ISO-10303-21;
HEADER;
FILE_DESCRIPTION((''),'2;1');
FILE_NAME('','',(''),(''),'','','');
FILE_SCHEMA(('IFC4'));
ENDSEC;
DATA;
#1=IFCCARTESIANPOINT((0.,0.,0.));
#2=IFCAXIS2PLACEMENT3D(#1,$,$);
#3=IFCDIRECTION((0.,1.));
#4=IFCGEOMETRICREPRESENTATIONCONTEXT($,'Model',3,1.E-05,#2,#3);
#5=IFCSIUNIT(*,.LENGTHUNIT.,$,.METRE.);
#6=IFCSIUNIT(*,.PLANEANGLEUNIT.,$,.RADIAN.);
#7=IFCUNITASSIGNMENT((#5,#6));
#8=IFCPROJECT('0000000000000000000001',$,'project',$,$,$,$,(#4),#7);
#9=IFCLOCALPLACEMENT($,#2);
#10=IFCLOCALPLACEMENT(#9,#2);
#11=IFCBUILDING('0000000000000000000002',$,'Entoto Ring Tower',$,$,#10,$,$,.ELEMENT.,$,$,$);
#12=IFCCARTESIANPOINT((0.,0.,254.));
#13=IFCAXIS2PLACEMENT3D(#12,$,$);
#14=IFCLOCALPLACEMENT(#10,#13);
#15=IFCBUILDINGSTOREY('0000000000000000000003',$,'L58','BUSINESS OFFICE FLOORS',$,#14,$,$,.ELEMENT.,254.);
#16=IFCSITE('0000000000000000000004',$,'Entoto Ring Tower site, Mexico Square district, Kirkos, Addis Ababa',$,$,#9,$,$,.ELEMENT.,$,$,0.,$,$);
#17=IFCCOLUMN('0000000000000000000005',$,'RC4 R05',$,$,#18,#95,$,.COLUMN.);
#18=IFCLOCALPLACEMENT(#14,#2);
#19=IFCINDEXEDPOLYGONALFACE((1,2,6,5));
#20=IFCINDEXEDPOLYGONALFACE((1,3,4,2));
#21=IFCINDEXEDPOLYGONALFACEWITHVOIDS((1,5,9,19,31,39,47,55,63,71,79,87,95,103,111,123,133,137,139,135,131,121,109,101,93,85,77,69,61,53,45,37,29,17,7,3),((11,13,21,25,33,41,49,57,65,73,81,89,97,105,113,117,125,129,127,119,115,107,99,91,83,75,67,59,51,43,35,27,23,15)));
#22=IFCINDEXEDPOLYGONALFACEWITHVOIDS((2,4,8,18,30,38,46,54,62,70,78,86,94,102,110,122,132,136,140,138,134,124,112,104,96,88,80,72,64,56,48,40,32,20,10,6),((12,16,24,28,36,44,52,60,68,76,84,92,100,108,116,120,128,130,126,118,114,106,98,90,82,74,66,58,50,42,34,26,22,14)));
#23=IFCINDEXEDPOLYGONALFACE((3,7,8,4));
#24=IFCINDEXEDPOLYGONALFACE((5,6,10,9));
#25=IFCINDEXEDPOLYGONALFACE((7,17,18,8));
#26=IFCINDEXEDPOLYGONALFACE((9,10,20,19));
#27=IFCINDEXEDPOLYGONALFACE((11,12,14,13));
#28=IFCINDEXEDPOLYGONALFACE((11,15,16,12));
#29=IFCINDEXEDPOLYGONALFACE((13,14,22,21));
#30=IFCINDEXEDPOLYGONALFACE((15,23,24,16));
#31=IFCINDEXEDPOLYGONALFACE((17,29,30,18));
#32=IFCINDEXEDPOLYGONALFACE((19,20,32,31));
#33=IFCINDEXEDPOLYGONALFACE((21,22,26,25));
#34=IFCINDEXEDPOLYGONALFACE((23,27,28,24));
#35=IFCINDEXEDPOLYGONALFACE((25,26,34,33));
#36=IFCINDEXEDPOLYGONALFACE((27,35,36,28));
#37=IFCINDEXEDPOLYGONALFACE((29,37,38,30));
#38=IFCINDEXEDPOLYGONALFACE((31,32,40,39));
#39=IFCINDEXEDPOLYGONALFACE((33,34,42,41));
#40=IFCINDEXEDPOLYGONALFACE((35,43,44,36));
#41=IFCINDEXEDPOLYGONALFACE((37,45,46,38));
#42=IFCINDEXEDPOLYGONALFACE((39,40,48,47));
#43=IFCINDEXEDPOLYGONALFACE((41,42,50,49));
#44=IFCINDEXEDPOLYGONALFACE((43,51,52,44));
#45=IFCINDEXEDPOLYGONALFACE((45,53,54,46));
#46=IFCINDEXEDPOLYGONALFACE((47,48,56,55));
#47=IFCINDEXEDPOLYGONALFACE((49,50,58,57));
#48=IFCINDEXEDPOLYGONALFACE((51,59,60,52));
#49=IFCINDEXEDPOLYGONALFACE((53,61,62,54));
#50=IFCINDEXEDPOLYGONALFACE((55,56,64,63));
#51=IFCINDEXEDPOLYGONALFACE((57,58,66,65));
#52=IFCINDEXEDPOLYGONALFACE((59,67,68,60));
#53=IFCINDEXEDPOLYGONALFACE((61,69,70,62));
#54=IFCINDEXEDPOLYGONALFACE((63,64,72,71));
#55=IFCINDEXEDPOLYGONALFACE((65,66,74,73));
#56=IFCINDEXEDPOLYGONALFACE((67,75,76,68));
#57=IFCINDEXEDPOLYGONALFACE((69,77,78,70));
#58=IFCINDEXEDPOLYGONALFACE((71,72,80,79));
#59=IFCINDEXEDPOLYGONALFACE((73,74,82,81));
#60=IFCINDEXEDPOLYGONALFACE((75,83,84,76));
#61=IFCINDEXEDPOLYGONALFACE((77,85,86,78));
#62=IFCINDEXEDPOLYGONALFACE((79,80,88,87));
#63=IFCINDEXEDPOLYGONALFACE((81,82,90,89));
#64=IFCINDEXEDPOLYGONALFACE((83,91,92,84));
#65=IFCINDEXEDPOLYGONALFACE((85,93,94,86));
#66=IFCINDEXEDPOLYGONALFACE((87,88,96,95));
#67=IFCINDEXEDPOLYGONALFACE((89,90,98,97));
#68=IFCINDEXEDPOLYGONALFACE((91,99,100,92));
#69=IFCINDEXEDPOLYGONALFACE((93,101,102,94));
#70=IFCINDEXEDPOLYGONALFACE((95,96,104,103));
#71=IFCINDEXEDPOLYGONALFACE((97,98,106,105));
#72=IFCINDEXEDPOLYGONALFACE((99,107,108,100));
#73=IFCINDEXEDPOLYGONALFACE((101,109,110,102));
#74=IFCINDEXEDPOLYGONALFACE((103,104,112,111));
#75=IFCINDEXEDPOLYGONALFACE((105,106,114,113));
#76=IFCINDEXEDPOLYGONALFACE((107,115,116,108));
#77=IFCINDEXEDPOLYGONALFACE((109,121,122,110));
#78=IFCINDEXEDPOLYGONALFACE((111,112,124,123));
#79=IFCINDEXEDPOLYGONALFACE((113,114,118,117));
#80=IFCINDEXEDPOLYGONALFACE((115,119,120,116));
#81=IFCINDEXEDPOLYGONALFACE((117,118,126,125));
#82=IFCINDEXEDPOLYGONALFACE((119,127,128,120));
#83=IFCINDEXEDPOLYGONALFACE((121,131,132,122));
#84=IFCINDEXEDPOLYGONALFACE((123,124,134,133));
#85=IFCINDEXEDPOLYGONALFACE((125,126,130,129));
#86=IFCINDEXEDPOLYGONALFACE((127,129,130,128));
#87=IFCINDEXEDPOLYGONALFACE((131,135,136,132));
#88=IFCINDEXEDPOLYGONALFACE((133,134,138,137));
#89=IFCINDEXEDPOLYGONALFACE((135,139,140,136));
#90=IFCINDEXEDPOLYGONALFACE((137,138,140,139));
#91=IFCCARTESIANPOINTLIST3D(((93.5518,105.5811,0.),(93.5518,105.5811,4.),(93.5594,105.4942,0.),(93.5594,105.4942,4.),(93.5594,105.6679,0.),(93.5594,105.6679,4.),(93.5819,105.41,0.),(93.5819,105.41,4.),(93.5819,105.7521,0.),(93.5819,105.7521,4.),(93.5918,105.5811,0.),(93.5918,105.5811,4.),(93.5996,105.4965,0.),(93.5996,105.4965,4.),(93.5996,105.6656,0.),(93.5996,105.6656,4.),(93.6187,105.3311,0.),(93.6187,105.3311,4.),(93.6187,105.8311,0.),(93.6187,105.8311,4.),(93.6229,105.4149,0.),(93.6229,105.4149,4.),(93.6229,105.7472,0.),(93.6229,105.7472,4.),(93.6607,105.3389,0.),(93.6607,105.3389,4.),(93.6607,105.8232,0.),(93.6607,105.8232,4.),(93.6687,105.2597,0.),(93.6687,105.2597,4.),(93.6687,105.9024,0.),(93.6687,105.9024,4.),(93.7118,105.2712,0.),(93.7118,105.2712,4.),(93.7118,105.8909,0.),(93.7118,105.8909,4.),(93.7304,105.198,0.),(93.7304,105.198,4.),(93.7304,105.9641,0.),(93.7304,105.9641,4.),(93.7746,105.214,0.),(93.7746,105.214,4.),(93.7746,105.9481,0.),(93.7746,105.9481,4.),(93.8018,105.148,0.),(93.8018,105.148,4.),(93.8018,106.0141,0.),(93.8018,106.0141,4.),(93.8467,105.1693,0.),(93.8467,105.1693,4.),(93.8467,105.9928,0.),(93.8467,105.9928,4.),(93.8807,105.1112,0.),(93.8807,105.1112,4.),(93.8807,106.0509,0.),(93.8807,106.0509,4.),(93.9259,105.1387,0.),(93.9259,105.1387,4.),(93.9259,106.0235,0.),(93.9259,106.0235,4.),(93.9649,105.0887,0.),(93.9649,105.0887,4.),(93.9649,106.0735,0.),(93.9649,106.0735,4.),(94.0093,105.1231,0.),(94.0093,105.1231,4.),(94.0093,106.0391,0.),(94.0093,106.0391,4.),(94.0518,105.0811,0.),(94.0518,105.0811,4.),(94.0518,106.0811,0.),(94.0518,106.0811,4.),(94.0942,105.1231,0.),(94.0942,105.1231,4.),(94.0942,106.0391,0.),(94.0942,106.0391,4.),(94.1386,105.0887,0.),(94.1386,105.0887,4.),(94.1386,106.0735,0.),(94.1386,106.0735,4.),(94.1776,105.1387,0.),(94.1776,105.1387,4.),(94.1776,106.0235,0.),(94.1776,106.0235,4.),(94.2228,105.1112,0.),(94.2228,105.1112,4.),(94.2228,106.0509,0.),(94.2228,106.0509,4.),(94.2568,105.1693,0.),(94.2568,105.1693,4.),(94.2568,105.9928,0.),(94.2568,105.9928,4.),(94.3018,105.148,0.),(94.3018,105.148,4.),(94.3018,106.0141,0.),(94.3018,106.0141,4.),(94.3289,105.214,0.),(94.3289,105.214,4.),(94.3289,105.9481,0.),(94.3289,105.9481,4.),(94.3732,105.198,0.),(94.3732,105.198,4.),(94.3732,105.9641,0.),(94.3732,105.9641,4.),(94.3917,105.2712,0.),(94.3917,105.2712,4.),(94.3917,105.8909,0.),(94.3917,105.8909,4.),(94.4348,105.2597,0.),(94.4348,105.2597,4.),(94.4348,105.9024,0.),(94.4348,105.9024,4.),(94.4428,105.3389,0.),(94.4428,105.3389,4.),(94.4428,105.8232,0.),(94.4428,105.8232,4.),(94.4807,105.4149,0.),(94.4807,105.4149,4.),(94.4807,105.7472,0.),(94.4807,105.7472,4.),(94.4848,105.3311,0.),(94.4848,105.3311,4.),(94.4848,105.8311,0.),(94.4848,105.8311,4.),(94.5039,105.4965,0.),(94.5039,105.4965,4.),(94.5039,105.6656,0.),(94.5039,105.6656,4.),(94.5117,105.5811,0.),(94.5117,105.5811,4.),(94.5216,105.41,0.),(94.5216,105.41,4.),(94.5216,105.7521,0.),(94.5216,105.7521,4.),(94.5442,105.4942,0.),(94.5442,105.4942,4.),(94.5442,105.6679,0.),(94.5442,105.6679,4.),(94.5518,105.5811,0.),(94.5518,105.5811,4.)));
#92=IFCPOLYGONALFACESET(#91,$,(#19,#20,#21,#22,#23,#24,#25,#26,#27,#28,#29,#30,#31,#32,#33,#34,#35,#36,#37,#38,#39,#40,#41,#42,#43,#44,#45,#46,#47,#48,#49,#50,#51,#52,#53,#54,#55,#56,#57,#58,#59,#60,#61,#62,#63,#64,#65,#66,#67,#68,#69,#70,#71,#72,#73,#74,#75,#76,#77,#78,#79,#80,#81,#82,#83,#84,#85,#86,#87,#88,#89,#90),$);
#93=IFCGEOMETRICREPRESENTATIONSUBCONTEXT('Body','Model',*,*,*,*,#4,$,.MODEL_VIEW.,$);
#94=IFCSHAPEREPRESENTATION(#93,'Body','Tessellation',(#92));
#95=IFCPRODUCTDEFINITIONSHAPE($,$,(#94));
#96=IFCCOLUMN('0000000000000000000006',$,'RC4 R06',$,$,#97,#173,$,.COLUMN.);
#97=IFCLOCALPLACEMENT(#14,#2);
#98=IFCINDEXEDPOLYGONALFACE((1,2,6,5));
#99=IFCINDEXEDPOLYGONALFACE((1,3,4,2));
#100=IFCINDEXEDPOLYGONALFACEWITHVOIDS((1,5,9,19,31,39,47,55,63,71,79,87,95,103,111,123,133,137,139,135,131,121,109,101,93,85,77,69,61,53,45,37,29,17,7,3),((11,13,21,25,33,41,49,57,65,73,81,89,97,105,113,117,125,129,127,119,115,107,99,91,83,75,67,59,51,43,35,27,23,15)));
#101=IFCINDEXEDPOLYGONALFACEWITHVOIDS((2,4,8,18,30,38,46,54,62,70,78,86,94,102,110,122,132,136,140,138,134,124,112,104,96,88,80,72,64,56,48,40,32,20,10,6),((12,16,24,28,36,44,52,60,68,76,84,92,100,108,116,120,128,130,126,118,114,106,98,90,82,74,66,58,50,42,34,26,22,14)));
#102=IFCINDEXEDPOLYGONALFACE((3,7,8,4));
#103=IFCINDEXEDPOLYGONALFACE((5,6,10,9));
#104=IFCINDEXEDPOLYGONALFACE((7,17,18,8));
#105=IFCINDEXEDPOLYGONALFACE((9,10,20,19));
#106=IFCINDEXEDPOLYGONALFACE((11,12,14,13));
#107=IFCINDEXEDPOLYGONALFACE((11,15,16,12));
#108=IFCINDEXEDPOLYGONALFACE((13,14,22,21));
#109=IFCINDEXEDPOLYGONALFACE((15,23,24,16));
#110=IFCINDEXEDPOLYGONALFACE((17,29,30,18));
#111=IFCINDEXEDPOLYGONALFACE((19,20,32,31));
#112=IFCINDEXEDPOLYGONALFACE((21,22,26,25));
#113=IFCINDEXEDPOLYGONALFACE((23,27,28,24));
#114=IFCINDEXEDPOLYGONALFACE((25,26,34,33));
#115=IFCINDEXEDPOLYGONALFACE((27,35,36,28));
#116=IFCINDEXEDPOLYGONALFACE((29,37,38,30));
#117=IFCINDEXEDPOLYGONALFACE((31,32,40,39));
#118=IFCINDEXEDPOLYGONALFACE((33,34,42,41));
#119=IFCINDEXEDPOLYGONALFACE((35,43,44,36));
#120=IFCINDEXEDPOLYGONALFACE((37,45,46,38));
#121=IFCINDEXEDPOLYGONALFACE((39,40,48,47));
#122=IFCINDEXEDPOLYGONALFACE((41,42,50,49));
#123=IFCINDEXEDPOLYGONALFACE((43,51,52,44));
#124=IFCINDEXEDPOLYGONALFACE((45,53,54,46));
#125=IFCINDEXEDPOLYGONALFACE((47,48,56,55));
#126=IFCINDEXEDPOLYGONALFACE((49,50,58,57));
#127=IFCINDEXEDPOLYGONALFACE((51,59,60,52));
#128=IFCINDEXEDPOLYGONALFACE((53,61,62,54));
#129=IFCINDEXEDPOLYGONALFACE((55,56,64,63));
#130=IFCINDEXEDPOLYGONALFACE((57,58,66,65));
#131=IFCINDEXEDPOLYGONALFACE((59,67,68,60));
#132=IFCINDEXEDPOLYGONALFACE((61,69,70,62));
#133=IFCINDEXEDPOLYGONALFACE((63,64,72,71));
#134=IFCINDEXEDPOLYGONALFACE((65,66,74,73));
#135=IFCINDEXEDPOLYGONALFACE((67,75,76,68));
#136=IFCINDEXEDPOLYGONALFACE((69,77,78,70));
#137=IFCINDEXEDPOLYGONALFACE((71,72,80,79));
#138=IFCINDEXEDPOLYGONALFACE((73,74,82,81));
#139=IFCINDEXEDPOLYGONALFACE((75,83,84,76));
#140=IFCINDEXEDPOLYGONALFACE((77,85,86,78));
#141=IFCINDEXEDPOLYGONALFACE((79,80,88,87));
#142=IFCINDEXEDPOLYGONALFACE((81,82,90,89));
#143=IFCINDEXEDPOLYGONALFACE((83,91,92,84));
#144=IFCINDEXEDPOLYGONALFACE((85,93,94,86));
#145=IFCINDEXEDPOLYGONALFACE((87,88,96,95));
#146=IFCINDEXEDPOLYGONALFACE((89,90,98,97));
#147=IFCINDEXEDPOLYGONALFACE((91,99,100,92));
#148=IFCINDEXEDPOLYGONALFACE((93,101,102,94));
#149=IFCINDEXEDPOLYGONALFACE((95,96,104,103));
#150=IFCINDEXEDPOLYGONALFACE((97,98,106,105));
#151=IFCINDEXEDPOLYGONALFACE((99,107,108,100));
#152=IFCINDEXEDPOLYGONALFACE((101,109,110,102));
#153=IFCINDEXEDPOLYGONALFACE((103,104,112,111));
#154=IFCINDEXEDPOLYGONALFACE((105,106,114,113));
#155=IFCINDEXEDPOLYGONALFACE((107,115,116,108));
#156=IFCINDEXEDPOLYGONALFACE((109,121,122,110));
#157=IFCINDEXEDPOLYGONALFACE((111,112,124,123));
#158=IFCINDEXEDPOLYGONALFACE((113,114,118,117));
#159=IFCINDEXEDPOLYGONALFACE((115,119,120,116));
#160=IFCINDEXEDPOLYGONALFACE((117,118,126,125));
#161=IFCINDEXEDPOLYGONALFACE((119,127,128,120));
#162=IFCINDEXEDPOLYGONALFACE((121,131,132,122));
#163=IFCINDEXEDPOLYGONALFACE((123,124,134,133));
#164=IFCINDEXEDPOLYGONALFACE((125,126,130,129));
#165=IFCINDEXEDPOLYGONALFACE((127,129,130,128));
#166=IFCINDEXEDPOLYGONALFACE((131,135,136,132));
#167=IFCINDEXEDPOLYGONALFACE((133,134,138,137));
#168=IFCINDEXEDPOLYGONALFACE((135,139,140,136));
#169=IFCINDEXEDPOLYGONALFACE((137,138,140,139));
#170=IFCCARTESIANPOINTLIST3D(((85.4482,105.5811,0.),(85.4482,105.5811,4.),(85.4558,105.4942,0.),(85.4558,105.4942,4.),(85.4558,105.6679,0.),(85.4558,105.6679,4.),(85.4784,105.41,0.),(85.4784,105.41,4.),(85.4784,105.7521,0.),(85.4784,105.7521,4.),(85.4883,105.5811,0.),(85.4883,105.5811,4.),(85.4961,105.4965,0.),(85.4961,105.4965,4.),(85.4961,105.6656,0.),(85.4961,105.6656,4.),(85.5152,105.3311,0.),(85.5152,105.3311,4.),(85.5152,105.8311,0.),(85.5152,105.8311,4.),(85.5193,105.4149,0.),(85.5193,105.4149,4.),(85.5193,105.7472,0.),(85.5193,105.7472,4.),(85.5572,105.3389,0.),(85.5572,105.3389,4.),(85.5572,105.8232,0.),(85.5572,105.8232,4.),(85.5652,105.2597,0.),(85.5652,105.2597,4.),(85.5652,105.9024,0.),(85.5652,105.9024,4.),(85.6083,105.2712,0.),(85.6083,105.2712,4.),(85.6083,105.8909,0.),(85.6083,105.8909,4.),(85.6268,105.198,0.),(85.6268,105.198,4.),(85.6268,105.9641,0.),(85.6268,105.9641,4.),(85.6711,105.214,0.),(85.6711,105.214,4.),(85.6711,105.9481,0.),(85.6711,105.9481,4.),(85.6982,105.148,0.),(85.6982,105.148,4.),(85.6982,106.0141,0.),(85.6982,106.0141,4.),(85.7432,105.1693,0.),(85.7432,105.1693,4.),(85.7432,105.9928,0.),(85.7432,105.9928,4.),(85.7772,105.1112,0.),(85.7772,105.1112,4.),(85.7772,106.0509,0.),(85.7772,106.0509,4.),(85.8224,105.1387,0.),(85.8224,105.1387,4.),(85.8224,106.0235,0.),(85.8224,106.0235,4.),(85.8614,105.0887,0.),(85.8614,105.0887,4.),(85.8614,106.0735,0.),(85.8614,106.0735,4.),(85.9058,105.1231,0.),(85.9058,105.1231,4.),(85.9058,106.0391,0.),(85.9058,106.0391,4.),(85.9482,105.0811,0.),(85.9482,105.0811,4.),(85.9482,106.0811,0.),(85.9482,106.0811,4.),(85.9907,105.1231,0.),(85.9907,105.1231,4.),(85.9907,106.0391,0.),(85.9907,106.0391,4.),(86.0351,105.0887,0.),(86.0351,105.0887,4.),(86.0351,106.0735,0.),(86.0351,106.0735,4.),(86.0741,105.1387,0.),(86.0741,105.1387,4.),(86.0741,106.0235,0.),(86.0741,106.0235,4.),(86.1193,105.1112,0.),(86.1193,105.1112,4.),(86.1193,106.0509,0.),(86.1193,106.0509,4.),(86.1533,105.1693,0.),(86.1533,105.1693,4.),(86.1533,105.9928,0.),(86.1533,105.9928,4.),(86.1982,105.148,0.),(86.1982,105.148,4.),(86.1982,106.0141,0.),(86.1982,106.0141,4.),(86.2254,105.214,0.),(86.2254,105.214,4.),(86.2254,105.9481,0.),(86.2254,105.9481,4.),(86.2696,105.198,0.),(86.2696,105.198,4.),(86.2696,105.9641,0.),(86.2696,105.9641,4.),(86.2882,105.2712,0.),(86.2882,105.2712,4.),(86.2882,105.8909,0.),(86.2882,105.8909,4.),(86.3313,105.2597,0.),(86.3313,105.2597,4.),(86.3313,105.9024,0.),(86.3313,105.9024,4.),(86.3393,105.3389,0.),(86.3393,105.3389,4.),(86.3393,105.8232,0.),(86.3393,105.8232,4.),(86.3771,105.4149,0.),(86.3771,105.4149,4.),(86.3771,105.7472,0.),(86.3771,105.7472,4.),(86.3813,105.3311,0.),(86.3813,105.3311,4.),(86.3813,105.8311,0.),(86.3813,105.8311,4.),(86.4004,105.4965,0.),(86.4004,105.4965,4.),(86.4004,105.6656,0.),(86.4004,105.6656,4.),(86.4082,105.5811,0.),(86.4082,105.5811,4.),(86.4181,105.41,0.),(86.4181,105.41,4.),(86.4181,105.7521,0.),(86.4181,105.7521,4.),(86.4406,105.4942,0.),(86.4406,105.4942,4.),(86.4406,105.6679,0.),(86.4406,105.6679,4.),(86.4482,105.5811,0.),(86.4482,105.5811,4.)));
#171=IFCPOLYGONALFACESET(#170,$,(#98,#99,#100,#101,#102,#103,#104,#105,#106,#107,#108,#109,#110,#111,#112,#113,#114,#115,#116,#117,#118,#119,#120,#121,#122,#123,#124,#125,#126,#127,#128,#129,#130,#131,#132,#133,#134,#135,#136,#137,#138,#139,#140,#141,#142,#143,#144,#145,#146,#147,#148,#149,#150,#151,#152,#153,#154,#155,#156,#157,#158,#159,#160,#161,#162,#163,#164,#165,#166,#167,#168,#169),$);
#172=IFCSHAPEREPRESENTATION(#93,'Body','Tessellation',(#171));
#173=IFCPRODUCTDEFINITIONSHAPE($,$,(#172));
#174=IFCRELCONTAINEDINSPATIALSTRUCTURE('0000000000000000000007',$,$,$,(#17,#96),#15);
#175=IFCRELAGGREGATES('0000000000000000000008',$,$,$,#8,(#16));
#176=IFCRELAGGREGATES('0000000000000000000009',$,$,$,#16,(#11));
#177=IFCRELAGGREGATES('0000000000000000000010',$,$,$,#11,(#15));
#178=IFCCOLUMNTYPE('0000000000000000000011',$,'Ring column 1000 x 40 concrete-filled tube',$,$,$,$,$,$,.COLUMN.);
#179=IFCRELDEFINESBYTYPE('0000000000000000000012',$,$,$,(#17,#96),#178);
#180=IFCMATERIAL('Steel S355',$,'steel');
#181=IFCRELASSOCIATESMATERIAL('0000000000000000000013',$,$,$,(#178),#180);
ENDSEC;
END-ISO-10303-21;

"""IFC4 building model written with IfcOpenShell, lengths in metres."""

from ifc_helpers import new_model, si_unit, direction, frame, origin, origin_2d, place, context, subcontext, project, spatial, circle, hollow_circle, extrude, material, material_profile, profile_set, type_object, element, save


model = new_model("IFC4")

# Units and contexts
model_context = context("Model", 3, precision=1e-05, world=origin(), true_north=direction((0.0, 1.0)))
body_context = subcontext(model_context, "Body", "Model", "MODEL_VIEW")
ifc_project = project(units=[si_unit("LENGTHUNIT", "METRE"), si_unit("PLANEANGLEUNIT", "RADIAN")], contexts=[model_context])

# Site, building, storey
site_placement = place(None, origin())
site = spatial("IfcSite", under=ifc_project, at=site_placement, Name="Entoto Ring Tower site, Mexico Square district, Kirkos, Addis Ababa", CompositionType="ELEMENT", RefElevation=0.0)
building_placement = place(site_placement, origin())
building = spatial("IfcBuilding", under=site, at=building_placement, Name="Entoto Ring Tower", CompositionType="ELEMENT")
storey_placement = place(building_placement, frame((0.0, 0.0, 254.0)))
storey = spatial("IfcBuildingStorey", under=building, at=storey_placement, Name="L58", Description="BUSINESS OFFICE FLOORS", CompositionType="ELEMENT", Elevation=254.0)

# Columns
ifc_material_1 = material(Name="Steel S355", Category="steel")
ifc_material_profile_1 = material_profile(ifc_material_1, hollow_circle(Radius=0.5, WallThickness=0.04, at=origin_2d()), Name="CHS 1000 x 40")
ifc_material_2 = material(Name="Concrete C60/75", Category="concrete")
ifc_material_profile_2 = material_profile(ifc_material_2, circle(Radius=0.46, at=origin_2d()), Name="Concrete C60/75 infill")
ifc_profile_set_1 = profile_set([ifc_material_profile_1, ifc_material_profile_2], Name="Steel S355")
column_type = type_object("IfcColumnType", Name="Ring column 1000 x 40 concrete-filled tube", PredefinedType="COLUMN", material=ifc_profile_set_1)
for number, where, z_axis, x_axis, name in (
    (1, (94.0518, 105.5811, 0.0), (0.0, 0.0, 1.0), (1.0, 0.0, 0.0), "RC4 R05"),
    (2, (85.9482, 105.5811, 0.0), (0.0, 0.0, 1.0), (1.0, 0.0, 0.0), "RC4 R06"),
):
    element("IfcColumn", number, at=place(storey_placement, frame(where, z_axis=z_axis, x_axis=x_axis)), inside=storey, type_object=column_type, Name=name, PredefinedType="COLUMN", context=body_context, shape_type="SweptSolid", body=[
        extrude(hollow_circle(Radius=0.5, WallThickness=0.04, at=origin_2d()), origin(), (0.0, 0.0, 1.0), 4.0),
    ])

save(model, "model.ifc")
